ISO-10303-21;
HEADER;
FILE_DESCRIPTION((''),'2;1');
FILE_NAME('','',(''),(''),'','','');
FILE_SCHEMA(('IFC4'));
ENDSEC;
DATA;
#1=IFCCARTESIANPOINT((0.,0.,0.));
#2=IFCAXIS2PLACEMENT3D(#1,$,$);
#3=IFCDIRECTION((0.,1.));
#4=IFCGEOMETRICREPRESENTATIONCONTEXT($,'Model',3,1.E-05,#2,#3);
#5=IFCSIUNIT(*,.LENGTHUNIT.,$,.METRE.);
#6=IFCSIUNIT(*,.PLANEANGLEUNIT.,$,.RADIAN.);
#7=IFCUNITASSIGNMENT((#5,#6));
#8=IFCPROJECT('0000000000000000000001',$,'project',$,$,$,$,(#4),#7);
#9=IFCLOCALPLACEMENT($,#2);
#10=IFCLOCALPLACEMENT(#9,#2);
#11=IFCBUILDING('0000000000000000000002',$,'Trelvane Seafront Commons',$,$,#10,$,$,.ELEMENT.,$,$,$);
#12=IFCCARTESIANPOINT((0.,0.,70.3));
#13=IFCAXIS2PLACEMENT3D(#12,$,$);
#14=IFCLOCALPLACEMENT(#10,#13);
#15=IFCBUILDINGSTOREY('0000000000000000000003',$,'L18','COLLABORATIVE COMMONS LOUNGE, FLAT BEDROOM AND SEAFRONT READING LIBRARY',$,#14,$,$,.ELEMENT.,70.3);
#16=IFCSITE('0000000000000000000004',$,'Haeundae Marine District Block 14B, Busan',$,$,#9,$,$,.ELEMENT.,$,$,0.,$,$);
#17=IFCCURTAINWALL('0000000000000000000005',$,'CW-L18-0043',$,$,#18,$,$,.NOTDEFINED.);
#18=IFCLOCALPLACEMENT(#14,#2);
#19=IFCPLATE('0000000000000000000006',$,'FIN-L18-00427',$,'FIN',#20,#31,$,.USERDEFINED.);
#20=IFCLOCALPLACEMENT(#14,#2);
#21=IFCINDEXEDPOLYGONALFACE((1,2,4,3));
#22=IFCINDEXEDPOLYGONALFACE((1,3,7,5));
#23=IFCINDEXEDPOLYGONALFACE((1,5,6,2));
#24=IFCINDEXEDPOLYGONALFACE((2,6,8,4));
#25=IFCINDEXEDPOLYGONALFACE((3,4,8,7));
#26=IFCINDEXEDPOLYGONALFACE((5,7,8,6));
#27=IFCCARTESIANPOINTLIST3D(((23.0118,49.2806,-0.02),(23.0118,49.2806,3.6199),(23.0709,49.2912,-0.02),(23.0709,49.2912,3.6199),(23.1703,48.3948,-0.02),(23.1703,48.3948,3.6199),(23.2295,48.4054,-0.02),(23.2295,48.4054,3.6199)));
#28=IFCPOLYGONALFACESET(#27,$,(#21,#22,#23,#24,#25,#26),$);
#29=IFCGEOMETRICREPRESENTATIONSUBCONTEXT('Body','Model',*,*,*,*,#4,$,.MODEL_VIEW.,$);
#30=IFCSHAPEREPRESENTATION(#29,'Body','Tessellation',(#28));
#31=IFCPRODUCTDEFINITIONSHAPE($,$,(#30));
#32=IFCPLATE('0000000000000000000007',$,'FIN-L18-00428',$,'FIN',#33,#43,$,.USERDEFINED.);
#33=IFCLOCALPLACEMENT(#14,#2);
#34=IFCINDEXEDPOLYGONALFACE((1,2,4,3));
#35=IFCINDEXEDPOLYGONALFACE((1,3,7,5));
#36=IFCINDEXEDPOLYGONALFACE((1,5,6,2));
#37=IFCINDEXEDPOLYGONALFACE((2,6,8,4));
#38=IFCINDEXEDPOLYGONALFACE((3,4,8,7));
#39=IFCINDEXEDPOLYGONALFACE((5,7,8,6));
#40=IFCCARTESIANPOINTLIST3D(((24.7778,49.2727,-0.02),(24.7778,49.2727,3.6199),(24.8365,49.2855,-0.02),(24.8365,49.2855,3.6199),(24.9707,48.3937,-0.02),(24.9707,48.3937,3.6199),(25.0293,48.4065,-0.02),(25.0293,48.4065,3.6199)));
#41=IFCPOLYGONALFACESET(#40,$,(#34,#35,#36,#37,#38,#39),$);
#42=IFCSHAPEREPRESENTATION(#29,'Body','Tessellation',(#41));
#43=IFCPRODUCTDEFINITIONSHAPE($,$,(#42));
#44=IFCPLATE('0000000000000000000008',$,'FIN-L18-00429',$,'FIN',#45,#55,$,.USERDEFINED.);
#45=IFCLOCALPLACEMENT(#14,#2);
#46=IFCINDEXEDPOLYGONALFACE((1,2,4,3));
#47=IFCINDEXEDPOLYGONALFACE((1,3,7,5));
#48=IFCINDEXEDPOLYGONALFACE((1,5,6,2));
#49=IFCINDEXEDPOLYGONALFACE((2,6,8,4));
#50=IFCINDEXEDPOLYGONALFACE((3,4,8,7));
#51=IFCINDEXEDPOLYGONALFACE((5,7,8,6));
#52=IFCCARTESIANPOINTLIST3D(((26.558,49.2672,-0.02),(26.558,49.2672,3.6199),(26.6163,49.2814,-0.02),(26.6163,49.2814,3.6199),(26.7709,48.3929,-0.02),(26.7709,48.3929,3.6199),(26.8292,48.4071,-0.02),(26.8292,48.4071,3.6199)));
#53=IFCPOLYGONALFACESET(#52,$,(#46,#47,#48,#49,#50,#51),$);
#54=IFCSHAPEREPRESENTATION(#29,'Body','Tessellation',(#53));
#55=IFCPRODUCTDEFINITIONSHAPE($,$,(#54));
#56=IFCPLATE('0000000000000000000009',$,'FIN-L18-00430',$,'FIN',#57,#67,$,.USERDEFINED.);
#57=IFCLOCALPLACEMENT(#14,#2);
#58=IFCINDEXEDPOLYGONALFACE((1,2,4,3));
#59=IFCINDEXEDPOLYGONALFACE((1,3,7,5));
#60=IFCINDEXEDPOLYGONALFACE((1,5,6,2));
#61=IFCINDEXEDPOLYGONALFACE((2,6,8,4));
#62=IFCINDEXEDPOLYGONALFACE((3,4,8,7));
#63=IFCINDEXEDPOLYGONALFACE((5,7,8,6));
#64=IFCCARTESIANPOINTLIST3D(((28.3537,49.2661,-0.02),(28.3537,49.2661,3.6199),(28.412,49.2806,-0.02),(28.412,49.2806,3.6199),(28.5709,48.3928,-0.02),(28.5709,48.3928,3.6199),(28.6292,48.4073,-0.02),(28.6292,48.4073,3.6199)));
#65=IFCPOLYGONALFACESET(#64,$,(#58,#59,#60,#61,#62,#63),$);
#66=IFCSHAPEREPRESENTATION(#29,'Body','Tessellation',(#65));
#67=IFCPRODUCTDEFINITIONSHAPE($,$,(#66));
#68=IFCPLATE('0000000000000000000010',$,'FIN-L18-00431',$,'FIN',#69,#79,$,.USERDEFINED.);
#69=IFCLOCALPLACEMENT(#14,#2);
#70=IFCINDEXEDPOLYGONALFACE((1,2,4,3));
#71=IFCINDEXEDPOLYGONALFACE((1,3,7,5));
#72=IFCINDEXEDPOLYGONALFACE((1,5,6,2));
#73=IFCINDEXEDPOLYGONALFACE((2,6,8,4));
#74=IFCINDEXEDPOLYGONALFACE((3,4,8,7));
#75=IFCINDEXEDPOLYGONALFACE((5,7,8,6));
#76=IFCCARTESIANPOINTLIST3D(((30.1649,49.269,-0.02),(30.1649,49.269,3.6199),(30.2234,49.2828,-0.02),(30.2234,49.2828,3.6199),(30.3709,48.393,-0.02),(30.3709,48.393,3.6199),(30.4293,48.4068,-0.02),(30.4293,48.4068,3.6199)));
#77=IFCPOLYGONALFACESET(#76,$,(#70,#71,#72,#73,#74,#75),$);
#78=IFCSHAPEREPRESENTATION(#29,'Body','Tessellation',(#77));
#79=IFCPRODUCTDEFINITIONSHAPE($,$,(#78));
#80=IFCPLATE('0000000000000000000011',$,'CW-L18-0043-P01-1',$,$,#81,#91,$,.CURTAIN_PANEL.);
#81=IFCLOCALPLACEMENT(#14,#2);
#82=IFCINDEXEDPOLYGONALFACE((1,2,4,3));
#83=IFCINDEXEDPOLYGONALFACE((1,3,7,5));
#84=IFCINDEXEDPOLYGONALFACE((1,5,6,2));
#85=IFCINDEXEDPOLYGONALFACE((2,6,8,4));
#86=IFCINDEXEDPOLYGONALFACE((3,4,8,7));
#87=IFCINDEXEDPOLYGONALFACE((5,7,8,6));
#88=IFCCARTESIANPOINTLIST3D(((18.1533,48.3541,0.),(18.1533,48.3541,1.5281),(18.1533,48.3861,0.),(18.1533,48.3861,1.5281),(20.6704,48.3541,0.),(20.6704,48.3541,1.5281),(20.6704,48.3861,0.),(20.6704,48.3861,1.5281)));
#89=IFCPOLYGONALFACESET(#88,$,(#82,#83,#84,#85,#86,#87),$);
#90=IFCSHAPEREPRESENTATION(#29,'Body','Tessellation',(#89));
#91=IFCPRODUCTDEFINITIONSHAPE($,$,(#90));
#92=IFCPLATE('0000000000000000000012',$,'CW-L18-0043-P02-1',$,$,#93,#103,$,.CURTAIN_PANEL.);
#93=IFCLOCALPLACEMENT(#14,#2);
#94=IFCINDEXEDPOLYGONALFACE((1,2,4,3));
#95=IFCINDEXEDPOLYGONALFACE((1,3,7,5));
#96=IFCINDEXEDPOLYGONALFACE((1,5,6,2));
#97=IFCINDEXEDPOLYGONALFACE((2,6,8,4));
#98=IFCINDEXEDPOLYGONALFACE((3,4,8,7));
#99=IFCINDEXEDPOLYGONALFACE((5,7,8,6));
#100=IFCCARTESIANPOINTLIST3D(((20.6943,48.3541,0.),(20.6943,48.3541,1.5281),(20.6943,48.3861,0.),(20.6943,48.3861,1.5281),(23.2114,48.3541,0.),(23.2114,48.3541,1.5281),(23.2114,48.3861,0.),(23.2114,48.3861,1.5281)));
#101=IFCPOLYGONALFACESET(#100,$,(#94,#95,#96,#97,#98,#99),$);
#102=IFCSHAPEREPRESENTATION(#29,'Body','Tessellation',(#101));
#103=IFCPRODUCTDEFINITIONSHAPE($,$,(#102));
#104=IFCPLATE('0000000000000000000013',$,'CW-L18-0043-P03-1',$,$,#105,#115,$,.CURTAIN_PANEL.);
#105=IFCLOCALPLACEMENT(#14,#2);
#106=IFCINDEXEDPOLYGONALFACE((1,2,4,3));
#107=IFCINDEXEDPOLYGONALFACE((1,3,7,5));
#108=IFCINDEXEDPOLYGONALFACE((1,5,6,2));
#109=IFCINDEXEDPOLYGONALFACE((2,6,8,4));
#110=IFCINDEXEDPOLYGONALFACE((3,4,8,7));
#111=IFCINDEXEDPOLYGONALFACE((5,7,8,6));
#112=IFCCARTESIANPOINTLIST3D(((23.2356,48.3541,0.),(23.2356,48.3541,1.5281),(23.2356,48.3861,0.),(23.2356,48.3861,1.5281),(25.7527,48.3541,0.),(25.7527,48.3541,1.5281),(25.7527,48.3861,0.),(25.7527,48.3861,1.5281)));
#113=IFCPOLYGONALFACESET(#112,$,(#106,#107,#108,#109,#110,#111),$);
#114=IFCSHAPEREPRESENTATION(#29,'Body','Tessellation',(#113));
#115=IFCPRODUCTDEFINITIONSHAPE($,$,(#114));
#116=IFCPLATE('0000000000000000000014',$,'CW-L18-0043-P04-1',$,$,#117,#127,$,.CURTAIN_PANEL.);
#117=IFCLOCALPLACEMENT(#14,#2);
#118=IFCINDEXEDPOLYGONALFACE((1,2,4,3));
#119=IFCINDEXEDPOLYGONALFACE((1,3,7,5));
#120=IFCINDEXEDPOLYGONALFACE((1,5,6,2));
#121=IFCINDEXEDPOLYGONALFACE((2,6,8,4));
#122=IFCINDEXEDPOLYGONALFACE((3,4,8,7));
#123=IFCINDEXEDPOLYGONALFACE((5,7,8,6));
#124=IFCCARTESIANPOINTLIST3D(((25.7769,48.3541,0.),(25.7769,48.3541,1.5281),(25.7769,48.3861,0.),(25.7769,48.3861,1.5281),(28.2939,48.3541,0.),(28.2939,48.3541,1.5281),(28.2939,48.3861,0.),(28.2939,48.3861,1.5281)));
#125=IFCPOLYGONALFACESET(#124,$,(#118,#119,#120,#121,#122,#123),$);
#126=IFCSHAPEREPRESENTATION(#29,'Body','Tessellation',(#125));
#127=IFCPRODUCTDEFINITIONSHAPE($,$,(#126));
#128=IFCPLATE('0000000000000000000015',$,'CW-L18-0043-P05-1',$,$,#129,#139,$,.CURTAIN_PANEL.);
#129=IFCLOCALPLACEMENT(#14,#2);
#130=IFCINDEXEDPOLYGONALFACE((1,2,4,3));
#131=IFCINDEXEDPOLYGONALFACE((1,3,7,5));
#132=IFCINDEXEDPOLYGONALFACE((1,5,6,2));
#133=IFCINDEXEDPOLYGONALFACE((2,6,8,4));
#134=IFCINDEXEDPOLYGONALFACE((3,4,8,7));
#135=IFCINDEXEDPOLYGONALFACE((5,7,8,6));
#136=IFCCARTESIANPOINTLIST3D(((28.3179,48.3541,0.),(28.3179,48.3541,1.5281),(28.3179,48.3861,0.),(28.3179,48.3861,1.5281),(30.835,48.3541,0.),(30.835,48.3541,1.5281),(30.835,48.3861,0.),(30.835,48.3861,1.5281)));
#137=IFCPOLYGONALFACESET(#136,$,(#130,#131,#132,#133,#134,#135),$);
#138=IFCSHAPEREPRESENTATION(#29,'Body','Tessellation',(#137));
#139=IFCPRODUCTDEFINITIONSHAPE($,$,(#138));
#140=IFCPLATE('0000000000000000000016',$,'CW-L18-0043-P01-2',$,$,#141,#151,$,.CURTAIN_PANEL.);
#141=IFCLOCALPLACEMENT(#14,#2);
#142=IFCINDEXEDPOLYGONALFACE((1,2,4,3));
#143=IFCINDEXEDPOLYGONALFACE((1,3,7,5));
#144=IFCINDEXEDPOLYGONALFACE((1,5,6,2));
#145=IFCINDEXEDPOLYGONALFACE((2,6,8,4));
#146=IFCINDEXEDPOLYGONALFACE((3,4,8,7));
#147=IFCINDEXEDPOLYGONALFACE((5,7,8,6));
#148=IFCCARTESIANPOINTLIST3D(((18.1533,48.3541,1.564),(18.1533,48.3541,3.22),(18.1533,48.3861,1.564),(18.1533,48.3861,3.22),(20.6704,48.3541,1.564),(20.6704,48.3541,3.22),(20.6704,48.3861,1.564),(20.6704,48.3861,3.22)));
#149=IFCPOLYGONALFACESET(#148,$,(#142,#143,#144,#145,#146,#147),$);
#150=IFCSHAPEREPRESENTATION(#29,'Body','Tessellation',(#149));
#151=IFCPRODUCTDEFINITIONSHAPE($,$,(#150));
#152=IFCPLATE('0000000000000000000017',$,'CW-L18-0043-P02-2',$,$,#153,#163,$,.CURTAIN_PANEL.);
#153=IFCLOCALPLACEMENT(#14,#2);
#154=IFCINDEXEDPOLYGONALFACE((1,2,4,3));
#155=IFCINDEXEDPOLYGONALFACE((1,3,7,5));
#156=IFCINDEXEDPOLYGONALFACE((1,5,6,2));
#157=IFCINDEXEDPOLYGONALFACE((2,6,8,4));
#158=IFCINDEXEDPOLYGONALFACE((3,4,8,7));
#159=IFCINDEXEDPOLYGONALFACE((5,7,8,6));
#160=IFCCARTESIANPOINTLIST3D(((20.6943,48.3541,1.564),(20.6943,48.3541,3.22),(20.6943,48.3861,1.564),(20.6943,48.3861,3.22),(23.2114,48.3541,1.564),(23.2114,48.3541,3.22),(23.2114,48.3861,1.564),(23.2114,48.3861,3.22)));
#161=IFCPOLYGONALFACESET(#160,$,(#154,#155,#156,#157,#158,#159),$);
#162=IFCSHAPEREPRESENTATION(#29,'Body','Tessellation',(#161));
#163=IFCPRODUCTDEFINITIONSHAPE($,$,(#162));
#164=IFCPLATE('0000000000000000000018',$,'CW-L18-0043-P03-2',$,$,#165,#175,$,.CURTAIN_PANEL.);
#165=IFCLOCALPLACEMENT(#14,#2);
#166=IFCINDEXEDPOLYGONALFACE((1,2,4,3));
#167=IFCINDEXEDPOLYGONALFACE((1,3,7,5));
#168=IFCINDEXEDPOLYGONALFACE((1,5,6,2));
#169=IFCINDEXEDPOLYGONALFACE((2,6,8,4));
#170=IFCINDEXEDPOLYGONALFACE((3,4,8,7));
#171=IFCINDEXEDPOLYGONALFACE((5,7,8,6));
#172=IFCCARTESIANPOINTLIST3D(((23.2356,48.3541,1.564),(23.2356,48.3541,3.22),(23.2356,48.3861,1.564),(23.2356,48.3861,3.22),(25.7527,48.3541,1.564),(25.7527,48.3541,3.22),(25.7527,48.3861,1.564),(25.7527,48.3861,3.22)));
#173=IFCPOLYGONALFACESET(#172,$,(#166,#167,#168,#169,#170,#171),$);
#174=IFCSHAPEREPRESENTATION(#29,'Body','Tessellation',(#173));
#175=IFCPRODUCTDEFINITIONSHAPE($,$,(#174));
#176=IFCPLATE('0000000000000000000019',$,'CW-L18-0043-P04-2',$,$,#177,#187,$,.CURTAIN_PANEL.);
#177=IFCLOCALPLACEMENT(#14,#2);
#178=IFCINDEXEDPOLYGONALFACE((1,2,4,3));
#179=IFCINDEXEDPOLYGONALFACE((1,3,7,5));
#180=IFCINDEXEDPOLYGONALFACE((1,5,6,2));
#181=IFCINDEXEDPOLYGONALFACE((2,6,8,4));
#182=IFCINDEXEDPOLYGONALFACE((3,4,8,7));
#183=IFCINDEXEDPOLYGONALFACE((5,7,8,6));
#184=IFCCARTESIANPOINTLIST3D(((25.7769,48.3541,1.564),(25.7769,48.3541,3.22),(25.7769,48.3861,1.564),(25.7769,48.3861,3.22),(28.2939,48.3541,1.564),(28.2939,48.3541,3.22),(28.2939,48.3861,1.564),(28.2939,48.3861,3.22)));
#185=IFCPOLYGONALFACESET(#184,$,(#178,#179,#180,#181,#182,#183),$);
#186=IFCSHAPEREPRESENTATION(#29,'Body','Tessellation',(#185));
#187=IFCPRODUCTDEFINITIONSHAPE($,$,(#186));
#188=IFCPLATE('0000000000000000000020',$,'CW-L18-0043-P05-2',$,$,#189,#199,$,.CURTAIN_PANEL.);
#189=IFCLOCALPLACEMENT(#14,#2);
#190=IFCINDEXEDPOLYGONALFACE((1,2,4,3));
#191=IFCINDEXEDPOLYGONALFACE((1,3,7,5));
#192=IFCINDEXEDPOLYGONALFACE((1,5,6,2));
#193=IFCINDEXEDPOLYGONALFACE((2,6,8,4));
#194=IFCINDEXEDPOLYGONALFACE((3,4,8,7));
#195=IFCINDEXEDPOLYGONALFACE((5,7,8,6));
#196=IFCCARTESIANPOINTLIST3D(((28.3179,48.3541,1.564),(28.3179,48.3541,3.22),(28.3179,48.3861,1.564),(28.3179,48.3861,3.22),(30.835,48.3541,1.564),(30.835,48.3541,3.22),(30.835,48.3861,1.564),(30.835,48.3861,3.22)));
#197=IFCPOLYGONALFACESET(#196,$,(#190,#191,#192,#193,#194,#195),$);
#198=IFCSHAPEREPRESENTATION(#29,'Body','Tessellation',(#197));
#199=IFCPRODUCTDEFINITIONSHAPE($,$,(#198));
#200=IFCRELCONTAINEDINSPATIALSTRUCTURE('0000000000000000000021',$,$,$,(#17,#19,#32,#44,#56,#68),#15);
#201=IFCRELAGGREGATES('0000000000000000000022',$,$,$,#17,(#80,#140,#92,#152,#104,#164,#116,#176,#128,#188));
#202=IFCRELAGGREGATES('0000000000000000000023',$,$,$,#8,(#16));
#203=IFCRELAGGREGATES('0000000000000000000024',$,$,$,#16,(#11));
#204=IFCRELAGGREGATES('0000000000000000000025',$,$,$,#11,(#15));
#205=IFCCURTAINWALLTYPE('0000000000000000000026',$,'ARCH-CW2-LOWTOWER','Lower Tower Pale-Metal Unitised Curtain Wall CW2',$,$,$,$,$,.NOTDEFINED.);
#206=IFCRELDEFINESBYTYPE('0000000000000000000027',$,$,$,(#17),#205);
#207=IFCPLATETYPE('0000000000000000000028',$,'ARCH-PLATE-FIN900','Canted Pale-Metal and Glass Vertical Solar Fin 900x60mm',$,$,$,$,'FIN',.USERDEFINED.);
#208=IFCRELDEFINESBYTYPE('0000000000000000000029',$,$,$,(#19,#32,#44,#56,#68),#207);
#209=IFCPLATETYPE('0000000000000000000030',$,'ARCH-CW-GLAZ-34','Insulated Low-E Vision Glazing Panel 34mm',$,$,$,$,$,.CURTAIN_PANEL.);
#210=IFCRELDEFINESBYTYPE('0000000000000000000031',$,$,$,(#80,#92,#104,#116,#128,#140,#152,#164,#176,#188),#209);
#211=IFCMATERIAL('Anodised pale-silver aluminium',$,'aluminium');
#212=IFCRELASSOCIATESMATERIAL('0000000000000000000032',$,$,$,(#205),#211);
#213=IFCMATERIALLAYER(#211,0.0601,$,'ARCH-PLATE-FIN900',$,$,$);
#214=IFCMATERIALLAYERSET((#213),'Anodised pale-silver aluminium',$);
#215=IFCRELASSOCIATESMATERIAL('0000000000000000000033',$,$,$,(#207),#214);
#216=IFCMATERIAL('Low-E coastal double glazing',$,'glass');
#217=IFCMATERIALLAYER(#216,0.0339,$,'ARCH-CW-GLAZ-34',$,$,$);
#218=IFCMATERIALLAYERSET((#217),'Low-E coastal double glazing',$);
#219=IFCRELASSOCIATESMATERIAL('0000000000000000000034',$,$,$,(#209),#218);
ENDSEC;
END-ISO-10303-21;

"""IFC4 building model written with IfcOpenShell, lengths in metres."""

from ifc_helpers import new_model, si_unit, direction, frame, origin, origin_2d, place, context, subcontext, project, spatial, rectangle, extrude, source, transform, mapped, material, layer, layer_set, type_object, element, aggregate, save


model = new_model("IFC4")

# Units and contexts
model_context = context("Model", 3, precision=1e-05, world=origin(), true_north=direction((0.0, 1.0)))
body_context = subcontext(model_context, "Body", "Model", "MODEL_VIEW")
ifc_project = project(units=[si_unit("LENGTHUNIT", "METRE"), si_unit("PLANEANGLEUNIT", "RADIAN")], contexts=[model_context])

# Site, building, storey
site_placement = place(None, origin())
site = spatial("IfcSite", under=ifc_project, at=site_placement, Name="Haeundae Marine District Block 14B, Busan", CompositionType="ELEMENT", RefElevation=0.0)
building_placement = place(site_placement, origin())
building = spatial("IfcBuilding", under=site, at=building_placement, Name="Trelvane Seafront Commons", CompositionType="ELEMENT")
storey_placement = place(building_placement, frame((0.0, 0.0, 70.3)))
storey = spatial("IfcBuildingStorey", under=building, at=storey_placement, Name="L18", Description="COLLABORATIVE COMMONS LOUNGE, FLAT BEDROOM AND SEAFRONT READING LIBRARY", CompositionType="ELEMENT", Elevation=70.3)

# Curtain wall
ifc_material_1 = material(Name="Anodised pale-silver aluminium", Category="aluminium")
curtain_wall_type = type_object("IfcCurtainWallType", Name="ARCH-CW2-LOWTOWER", Description="Lower Tower Pale-Metal Unitised Curtain Wall CW2", PredefinedType="NOTDEFINED", material=ifc_material_1)
curtain_wall_placement = place(storey_placement, origin())
curtain_wall = element("IfcCurtainWall", 1, at=curtain_wall_placement, inside=storey, type_object=curtain_wall_type, Name="CW-L18-0043", PredefinedType="NOTDEFINED")

# Plates
ifc_layer_1 = layer(ifc_material_1, 0.0601, Name="ARCH-PLATE-FIN900")
ifc_layer_set_1 = layer_set([ifc_layer_1], Name="Anodised pale-silver aluminium")
plate_type_1 = type_object("IfcPlateType", Name="ARCH-PLATE-FIN900", Description="Canted Pale-Metal and Glass Vertical Solar Fin 900x60mm", ElementType="FIN", PredefinedType="USERDEFINED", material=ifc_layer_set_1)
shared_shape_1 = source(origin(), body_context, "Body", "SweptSolid", [
    extrude(rectangle(XDim=0.8999, YDim=0.0601, at=origin_2d()), origin(), (0.0, 0.0, 1.0), 3.6399),
])
for number, where, z_axis, x_axis, name in (
    (2, (23.1206, 48.843, -0.02), (0.0, 0.0, 1.0), (-0.176226, 0.98435, 0.0), "FIN-L18-00427"),
    (3, (24.9036, 48.8396, -0.02), (0.0, 0.0, 1.0), (-0.21433, 0.976761, 0.0), "FIN-L18-00428"),
    (4, (26.6936, 48.8372, -0.02), (0.0, 0.0, 1.0), (-0.236545, 0.971621, 0.0), "FIN-L18-00429"),
    (5, (28.4915, 48.8367, -0.02), (0.0, 0.0, 1.0), (-0.241438, 0.970416, 0.0), "FIN-L18-00430"),
    (6, (30.2971, 48.8379, -0.02), (0.0, 0.0, 1.0), (-0.228891, 0.973452, 0.0), "FIN-L18-00431"),
):
    element("IfcPlate", number, at=place(storey_placement, frame(where, z_axis=z_axis, x_axis=x_axis)), inside=storey, type_object=plate_type_1, Name=name, ObjectType="FIN", PredefinedType="USERDEFINED", context=body_context, shape_type="MappedRepresentation", body=[
        mapped(shared_shape_1, transform((0.0, 0.0, 0.0), x_axis=(1.0, 0.0, 0.0), y_axis=(0.0, 1.0, 0.0), z_axis=(0.0, 0.0, 1.0), scale=1.0)),
    ])

# Plates
ifc_material_2 = material(Name="Low-E coastal double glazing", Category="glass")
ifc_layer_2 = layer(ifc_material_2, 0.0339, Name="ARCH-CW-GLAZ-34")
ifc_layer_set_2 = layer_set([ifc_layer_2], Name="Low-E coastal double glazing")
plate_type_2 = type_object("IfcPlateType", Name="ARCH-CW-GLAZ-34", Description="Insulated Low-E Vision Glazing Panel 34mm", PredefinedType="CURTAIN_PANEL", material=ifc_layer_set_2)
shared_shape_2 = source(origin(), body_context, "Body", "SweptSolid", [
    extrude(rectangle(XDim=2.5171, YDim=0.032, at=origin_2d()), origin(), (0.0, 0.0, 1.0), 1.5281),
])
plate_1_placement = place(storey_placement, frame((19.4119, 48.3701, 0.0), z_axis=(0.0, 0.0, 1.0), x_axis=(1.0, 0.0, 0.0)))
plate_1 = element("IfcPlate", 7, at=plate_1_placement, type_object=plate_type_2, Name="CW-L18-0043-P01-1", PredefinedType="CURTAIN_PANEL", context=body_context, shape_type="MappedRepresentation", body=[
    mapped(shared_shape_2, transform((0.0, 0.0, 0.0), x_axis=(1.0, 0.0, 0.0), y_axis=(0.0, 1.0, 0.0), z_axis=(0.0, 0.0, 1.0), scale=1.0)),
])
plate_2_placement = place(storey_placement, frame((21.9529, 48.3701, 0.0), z_axis=(0.0, 0.0, 1.0), x_axis=(1.0, 0.0, 0.0)))
plate_2 = element("IfcPlate", 8, at=plate_2_placement, type_object=plate_type_2, Name="CW-L18-0043-P02-1", PredefinedType="CURTAIN_PANEL", context=body_context, shape_type="MappedRepresentation", body=[
    mapped(shared_shape_2, transform((0.0, 0.0, 0.0), x_axis=(1.0, 0.0, 0.0), y_axis=(0.0, 1.0, 0.0), z_axis=(0.0, 0.0, 1.0), scale=1.0)),
])
plate_3_placement = place(storey_placement, frame((24.4941, 48.3701, 0.0), z_axis=(0.0, 0.0, 1.0), x_axis=(1.0, 0.0, 0.0)))
plate_3 = element("IfcPlate", 9, at=plate_3_placement, type_object=plate_type_2, Name="CW-L18-0043-P03-1", PredefinedType="CURTAIN_PANEL", context=body_context, shape_type="MappedRepresentation", body=[
    mapped(shared_shape_2, transform((0.0, 0.0, 0.0), x_axis=(1.0, 0.0, 0.0), y_axis=(0.0, 1.0, 0.0), z_axis=(0.0, 0.0, 1.0), scale=1.0)),
])
plate_4_placement = place(storey_placement, frame((27.0354, 48.3701, 0.0), z_axis=(0.0, 0.0, 1.0), x_axis=(1.0, 0.0, 0.0)))
plate_4 = element("IfcPlate", 10, at=plate_4_placement, type_object=plate_type_2, Name="CW-L18-0043-P04-1", PredefinedType="CURTAIN_PANEL", context=body_context, shape_type="MappedRepresentation", body=[
    mapped(shared_shape_2, transform((0.0, 0.0, 0.0), x_axis=(1.0, 0.0, 0.0), y_axis=(0.0, 1.0, 0.0), z_axis=(0.0, 0.0, 1.0), scale=1.0)),
])
plate_5_placement = place(storey_placement, frame((29.5764, 48.3701, 0.0), z_axis=(0.0, 0.0, 1.0), x_axis=(1.0, 0.0, 0.0)))
plate_5 = element("IfcPlate", 11, at=plate_5_placement, type_object=plate_type_2, Name="CW-L18-0043-P05-1", PredefinedType="CURTAIN_PANEL", context=body_context, shape_type="MappedRepresentation", body=[
    mapped(shared_shape_2, transform((0.0, 0.0, 0.0), x_axis=(1.0, 0.0, 0.0), y_axis=(0.0, 1.0, 0.0), z_axis=(0.0, 0.0, 1.0), scale=1.0)),
])
shared_shape_3 = source(origin(), body_context, "Body", "SweptSolid", [
    extrude(rectangle(XDim=2.5171, YDim=0.032, at=origin_2d()), origin(), (0.0, 0.0, 1.0), 1.656),
])
plate_6_placement = place(storey_placement, frame((19.4119, 48.3701, 1.564), z_axis=(0.0, 0.0, 1.0), x_axis=(1.0, 0.0, 0.0)))
plate_6 = element("IfcPlate", 12, at=plate_6_placement, type_object=plate_type_2, Name="CW-L18-0043-P01-2", PredefinedType="CURTAIN_PANEL", context=body_context, shape_type="MappedRepresentation", body=[
    mapped(shared_shape_3, transform((0.0, 0.0, 0.0), x_axis=(1.0, 0.0, 0.0), y_axis=(0.0, 1.0, 0.0), z_axis=(0.0, 0.0, 1.0), scale=1.0)),
])
plate_7_placement = place(storey_placement, frame((21.9529, 48.3701, 1.564), z_axis=(0.0, 0.0, 1.0), x_axis=(1.0, 0.0, 0.0)))
plate_7 = element("IfcPlate", 13, at=plate_7_placement, type_object=plate_type_2, Name="CW-L18-0043-P02-2", PredefinedType="CURTAIN_PANEL", context=body_context, shape_type="MappedRepresentation", body=[
    mapped(shared_shape_3, transform((0.0, 0.0, 0.0), x_axis=(1.0, 0.0, 0.0), y_axis=(0.0, 1.0, 0.0), z_axis=(0.0, 0.0, 1.0), scale=1.0)),
])
plate_8_placement = place(storey_placement, frame((24.4941, 48.3701, 1.564), z_axis=(0.0, 0.0, 1.0), x_axis=(1.0, 0.0, 0.0)))
plate_8 = element("IfcPlate", 14, at=plate_8_placement, type_object=plate_type_2, Name="CW-L18-0043-P03-2", PredefinedType="CURTAIN_PANEL", context=body_context, shape_type="MappedRepresentation", body=[
    mapped(shared_shape_3, transform((0.0, 0.0, 0.0), x_axis=(1.0, 0.0, 0.0), y_axis=(0.0, 1.0, 0.0), z_axis=(0.0, 0.0, 1.0), scale=1.0)),
])
plate_9_placement = place(storey_placement, frame((27.0354, 48.3701, 1.564), z_axis=(0.0, 0.0, 1.0), x_axis=(1.0, 0.0, 0.0)))
plate_9 = element("IfcPlate", 15, at=plate_9_placement, type_object=plate_type_2, Name="CW-L18-0043-P04-2", PredefinedType="CURTAIN_PANEL", context=body_context, shape_type="MappedRepresentation", body=[
    mapped(shared_shape_3, transform((0.0, 0.0, 0.0), x_axis=(1.0, 0.0, 0.0), y_axis=(0.0, 1.0, 0.0), z_axis=(0.0, 0.0, 1.0), scale=1.0)),
])
plate_10_placement = place(storey_placement, frame((29.5764, 48.3701, 1.564), z_axis=(0.0, 0.0, 1.0), x_axis=(1.0, 0.0, 0.0)))
plate_10 = element("IfcPlate", 16, at=plate_10_placement, type_object=plate_type_2, Name="CW-L18-0043-P05-2", PredefinedType="CURTAIN_PANEL", context=body_context, shape_type="MappedRepresentation", body=[
    mapped(shared_shape_3, transform((0.0, 0.0, 0.0), x_axis=(1.0, 0.0, 0.0), y_axis=(0.0, 1.0, 0.0), z_axis=(0.0, 0.0, 1.0), scale=1.0)),
])
aggregate(curtain_wall, [plate_1, plate_6, plate_2, plate_7, plate_3, plate_8, plate_4, plate_9, plate_5, plate_10])

save(model, "model.ifc")
